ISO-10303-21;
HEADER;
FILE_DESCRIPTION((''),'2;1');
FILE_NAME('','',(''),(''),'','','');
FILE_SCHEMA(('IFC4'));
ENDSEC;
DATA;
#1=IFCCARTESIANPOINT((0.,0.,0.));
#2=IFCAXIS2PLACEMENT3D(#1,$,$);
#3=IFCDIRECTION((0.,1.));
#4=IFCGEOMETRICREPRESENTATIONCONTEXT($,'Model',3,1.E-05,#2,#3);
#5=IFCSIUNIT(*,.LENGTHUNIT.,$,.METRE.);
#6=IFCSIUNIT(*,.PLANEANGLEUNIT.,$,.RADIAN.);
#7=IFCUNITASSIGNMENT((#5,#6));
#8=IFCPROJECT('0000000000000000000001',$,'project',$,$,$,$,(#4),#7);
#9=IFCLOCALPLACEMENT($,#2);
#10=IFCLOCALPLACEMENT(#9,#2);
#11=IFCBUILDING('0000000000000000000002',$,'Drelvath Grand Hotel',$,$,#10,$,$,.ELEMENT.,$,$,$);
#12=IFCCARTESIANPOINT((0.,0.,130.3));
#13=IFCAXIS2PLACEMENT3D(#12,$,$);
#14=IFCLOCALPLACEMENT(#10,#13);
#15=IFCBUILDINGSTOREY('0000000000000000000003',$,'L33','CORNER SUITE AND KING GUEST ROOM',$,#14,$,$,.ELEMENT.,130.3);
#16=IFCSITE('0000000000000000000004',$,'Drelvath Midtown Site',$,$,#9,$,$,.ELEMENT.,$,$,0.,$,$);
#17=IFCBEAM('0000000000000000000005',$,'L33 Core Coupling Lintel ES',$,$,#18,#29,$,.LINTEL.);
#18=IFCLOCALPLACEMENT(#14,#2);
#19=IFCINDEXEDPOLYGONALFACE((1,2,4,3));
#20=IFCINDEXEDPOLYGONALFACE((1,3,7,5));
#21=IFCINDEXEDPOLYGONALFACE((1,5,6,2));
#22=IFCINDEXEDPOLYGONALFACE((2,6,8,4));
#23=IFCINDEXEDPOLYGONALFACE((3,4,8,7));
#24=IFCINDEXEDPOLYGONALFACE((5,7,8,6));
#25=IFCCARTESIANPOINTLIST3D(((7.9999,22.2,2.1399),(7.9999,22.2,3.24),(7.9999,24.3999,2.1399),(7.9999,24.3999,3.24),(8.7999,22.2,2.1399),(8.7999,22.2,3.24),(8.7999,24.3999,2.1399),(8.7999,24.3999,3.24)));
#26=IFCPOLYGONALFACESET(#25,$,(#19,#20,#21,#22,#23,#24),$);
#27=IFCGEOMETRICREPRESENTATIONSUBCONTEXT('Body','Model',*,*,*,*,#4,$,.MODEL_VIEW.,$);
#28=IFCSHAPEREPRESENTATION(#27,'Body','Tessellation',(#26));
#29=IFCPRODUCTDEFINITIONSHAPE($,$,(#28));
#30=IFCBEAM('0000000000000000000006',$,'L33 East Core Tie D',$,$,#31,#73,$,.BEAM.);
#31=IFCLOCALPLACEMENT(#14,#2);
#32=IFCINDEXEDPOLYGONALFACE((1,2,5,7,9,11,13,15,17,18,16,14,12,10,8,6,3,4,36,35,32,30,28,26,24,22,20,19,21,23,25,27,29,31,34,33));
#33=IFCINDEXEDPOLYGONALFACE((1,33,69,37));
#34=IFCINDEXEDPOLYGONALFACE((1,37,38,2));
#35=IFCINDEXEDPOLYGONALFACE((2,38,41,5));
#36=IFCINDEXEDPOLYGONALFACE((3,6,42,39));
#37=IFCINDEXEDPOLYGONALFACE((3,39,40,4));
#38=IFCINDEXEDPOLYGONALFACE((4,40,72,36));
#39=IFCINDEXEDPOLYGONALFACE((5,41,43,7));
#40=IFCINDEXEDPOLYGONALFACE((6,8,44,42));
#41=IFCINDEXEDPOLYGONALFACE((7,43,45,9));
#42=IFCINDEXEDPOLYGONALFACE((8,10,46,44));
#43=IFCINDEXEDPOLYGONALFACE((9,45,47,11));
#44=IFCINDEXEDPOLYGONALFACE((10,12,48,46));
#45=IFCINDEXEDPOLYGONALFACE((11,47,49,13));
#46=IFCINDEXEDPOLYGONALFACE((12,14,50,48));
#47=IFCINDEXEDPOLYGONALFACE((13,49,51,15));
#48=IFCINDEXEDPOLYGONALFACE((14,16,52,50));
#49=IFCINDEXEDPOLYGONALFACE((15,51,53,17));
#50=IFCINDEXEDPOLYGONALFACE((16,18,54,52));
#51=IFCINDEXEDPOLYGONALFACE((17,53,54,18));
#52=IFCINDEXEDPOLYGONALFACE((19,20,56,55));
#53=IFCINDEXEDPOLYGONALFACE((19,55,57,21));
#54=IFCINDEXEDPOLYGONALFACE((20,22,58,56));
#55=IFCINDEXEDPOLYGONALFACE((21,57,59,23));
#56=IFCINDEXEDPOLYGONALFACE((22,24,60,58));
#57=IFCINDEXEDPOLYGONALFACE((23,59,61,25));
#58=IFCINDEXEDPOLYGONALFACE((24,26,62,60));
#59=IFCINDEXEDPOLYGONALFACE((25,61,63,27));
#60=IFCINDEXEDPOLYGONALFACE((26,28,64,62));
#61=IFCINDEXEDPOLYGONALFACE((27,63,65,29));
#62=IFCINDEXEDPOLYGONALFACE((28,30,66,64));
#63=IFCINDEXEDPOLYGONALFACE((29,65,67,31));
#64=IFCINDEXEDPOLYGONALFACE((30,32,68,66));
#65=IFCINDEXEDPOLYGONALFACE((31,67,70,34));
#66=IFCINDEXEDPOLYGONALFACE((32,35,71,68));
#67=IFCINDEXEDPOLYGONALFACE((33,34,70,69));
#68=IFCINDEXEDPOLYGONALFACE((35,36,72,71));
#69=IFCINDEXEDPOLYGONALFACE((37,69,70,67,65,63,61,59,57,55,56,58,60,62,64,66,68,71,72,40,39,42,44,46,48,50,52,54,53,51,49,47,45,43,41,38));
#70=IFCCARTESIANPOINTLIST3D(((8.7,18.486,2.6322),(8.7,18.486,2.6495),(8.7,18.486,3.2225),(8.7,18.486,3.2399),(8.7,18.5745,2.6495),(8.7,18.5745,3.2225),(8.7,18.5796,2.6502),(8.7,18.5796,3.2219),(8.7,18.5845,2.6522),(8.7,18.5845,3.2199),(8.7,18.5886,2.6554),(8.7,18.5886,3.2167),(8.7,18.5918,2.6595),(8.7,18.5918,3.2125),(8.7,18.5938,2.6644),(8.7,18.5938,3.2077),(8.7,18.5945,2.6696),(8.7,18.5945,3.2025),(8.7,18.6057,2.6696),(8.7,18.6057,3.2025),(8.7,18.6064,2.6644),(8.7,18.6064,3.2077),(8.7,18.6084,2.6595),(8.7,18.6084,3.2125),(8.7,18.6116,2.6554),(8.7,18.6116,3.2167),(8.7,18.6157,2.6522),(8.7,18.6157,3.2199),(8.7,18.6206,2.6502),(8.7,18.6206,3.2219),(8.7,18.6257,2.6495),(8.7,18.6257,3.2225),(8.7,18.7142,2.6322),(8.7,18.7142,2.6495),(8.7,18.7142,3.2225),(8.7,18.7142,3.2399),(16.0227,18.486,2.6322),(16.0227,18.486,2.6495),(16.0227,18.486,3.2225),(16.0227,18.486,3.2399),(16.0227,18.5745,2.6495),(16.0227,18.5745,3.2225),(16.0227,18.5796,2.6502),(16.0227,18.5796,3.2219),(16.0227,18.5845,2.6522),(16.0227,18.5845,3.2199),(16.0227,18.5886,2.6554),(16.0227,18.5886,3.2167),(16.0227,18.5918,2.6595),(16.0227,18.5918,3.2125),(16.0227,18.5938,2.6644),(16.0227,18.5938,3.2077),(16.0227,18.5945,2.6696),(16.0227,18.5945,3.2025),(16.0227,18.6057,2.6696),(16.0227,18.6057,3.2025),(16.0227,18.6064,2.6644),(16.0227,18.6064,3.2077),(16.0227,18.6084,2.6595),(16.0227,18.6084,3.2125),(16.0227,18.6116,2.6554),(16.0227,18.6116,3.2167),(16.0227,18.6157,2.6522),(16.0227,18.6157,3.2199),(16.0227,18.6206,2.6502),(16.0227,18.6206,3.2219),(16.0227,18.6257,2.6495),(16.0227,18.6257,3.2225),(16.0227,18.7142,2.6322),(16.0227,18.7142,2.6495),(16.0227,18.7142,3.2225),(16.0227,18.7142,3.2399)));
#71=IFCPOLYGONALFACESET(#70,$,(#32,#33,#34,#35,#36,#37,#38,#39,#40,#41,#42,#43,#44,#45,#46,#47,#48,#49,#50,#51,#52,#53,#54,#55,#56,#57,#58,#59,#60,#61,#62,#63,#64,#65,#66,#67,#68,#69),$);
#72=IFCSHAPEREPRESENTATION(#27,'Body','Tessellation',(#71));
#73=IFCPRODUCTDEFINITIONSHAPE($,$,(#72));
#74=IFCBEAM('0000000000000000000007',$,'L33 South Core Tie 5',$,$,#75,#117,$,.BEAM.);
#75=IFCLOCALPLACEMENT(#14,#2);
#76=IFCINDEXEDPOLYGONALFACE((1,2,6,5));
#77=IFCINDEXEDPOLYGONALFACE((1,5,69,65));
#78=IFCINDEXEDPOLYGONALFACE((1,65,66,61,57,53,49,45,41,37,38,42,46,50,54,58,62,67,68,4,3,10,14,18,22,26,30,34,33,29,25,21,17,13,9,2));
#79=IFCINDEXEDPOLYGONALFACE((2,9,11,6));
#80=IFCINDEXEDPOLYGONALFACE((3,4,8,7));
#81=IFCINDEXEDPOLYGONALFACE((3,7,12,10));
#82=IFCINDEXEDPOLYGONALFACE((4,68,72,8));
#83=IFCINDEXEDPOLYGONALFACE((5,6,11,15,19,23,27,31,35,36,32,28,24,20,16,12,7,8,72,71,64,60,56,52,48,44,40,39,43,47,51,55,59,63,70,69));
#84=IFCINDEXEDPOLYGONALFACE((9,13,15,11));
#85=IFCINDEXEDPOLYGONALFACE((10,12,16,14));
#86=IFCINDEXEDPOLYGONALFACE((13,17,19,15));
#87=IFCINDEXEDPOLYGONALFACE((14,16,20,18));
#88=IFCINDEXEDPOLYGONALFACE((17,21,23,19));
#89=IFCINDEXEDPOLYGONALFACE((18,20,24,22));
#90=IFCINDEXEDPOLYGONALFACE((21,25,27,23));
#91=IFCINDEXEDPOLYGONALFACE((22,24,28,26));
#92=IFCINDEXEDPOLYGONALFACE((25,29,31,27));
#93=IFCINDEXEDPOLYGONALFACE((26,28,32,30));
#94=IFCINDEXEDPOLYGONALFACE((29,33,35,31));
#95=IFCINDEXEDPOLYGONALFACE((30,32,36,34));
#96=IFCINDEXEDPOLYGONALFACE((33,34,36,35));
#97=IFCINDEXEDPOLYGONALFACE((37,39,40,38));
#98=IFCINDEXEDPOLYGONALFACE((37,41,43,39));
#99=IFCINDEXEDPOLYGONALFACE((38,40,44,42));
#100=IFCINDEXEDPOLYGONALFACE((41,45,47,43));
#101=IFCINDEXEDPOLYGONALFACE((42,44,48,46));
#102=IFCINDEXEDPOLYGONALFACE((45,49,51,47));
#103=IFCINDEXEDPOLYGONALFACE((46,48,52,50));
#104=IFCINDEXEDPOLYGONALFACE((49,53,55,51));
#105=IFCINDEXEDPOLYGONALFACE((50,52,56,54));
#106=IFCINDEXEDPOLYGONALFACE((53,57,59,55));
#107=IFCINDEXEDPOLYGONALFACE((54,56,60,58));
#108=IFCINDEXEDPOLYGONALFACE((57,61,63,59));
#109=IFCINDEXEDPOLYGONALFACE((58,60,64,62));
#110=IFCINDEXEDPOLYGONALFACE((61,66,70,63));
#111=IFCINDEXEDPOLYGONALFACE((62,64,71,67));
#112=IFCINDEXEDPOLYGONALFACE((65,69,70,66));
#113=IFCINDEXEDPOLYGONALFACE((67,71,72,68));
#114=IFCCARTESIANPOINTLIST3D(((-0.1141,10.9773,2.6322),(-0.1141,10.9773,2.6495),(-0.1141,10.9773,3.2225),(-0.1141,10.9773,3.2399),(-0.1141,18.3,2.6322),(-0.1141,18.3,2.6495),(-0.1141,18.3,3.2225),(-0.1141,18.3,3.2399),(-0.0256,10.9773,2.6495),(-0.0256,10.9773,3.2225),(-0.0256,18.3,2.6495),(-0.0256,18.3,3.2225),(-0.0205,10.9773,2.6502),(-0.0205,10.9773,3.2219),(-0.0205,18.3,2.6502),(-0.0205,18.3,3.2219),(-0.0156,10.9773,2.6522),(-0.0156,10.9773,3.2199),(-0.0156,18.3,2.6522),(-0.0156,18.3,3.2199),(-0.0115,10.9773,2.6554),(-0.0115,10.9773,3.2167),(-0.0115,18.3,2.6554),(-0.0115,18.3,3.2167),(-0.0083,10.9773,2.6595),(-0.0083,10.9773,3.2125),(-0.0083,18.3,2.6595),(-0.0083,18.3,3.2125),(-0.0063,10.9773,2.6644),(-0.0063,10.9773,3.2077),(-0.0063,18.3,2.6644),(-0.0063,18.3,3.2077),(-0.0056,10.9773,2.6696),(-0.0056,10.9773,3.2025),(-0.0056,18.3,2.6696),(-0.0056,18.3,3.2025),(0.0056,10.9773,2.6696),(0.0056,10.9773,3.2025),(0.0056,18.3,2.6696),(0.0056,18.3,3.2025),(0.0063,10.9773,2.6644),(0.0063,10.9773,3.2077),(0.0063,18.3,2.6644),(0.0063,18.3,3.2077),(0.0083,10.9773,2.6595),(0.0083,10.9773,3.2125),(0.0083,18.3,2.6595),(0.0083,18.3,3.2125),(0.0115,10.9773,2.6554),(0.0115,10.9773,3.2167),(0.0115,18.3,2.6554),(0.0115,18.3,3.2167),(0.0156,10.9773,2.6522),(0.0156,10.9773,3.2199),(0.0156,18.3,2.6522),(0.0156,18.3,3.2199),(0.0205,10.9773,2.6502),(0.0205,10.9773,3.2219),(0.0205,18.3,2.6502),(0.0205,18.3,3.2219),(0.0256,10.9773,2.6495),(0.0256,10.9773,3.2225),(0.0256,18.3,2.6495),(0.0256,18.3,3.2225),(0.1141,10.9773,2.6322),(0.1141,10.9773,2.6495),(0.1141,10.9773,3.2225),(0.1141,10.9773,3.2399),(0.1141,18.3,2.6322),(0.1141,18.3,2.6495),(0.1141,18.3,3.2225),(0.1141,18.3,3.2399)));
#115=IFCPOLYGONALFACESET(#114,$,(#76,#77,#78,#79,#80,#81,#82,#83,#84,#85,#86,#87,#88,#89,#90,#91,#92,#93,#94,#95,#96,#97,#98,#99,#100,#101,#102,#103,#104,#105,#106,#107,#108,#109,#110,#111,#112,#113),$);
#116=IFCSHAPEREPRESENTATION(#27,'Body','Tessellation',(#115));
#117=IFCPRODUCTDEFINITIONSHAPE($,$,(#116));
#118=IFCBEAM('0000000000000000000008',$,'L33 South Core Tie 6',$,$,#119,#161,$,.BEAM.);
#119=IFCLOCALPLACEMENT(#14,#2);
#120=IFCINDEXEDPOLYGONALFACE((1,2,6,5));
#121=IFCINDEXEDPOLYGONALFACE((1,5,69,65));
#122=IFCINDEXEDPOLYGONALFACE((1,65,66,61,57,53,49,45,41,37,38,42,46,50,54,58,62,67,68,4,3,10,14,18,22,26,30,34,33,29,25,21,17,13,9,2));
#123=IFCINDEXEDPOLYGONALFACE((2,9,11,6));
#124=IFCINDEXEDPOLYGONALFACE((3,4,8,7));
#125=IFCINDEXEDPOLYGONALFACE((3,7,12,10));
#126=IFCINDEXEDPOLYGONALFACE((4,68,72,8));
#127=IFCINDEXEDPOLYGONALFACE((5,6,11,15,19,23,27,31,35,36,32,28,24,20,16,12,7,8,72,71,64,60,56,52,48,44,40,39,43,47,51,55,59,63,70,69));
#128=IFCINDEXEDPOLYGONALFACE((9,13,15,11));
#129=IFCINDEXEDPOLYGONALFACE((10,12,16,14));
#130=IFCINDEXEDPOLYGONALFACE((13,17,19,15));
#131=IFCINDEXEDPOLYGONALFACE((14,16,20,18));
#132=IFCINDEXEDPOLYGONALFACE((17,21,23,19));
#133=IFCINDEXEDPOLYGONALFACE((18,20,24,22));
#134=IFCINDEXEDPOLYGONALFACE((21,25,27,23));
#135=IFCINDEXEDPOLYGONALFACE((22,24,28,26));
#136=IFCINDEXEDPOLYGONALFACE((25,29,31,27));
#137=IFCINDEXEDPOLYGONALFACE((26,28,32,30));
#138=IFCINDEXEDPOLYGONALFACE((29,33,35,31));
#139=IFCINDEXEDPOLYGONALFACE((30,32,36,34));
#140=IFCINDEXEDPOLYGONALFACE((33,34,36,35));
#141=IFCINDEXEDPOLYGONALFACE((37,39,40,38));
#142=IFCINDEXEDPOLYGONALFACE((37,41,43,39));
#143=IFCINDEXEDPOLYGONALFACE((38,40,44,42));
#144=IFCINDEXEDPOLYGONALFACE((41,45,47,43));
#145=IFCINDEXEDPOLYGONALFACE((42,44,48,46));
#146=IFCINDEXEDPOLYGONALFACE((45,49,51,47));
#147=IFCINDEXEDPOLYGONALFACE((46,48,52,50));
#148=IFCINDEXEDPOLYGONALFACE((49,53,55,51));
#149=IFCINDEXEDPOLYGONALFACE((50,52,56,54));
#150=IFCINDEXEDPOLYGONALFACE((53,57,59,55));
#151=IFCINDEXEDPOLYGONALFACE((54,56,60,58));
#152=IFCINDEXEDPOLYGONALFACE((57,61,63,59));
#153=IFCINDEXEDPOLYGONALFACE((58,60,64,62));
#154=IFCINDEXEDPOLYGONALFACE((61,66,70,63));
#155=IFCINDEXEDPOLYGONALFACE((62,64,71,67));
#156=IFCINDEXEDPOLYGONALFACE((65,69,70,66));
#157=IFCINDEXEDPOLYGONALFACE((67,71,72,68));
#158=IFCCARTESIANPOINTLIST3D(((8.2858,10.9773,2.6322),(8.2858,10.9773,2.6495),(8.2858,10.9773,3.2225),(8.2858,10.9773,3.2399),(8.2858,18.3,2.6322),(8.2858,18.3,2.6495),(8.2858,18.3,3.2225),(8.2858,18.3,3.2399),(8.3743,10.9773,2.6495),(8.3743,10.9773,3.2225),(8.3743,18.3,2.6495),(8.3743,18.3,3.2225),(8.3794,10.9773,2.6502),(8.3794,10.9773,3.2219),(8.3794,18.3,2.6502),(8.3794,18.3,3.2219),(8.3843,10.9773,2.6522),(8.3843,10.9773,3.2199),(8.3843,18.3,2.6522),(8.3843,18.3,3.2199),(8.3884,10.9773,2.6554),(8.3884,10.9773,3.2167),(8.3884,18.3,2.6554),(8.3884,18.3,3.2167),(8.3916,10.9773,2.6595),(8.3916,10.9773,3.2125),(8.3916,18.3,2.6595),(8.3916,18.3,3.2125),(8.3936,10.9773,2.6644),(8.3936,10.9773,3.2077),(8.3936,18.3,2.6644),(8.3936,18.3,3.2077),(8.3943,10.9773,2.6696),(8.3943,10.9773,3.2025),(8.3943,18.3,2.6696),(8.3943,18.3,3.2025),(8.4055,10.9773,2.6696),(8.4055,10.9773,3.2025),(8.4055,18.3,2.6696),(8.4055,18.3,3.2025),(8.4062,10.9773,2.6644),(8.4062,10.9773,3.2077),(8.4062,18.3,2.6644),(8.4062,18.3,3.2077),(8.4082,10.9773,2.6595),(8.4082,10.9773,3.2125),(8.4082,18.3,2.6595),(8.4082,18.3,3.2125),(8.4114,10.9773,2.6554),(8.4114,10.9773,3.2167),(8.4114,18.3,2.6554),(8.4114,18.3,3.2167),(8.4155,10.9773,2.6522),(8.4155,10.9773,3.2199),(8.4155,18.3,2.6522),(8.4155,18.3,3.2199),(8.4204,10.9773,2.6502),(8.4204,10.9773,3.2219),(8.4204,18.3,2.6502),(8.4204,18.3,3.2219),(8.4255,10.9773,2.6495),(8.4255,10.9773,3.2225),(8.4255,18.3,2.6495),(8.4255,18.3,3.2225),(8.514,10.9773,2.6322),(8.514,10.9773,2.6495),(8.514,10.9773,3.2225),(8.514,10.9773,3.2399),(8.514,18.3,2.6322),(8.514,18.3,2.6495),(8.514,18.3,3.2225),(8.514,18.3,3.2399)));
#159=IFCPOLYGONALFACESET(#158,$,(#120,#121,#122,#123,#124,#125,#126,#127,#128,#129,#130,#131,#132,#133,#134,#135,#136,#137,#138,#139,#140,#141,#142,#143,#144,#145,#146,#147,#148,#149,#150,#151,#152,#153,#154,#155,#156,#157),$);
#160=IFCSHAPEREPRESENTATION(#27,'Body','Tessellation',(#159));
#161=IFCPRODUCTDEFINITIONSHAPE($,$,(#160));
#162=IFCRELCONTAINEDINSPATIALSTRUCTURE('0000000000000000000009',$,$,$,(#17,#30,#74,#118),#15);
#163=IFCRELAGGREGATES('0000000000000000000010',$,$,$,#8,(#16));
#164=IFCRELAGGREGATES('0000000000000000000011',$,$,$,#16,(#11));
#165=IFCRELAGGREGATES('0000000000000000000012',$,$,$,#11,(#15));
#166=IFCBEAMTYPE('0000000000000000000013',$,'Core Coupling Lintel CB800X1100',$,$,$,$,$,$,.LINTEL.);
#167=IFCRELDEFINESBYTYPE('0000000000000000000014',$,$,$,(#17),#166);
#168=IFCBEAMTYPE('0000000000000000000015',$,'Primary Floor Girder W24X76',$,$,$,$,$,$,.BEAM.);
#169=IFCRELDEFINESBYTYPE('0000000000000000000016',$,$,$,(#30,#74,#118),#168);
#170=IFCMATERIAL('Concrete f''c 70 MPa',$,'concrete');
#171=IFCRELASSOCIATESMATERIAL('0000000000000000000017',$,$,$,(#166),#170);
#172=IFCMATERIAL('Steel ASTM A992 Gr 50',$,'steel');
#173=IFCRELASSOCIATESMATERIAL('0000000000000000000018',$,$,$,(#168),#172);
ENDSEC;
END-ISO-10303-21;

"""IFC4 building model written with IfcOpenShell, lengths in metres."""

from ifc_helpers import new_model, si_unit, direction, frame, origin, origin_2d, place, context, subcontext, project, spatial, rectangle, i_section, extrude, material, material_profile, profile_set, type_object, element, save


model = new_model("IFC4")

# Units and contexts
model_context = context("Model", 3, precision=1e-05, world=origin(), true_north=direction((0.0, 1.0)))
body_context = subcontext(model_context, "Body", "Model", "MODEL_VIEW")
ifc_project = project(units=[si_unit("LENGTHUNIT", "METRE"), si_unit("PLANEANGLEUNIT", "RADIAN")], contexts=[model_context])

# Site, building, storey
site_placement = place(None, origin())
site = spatial("IfcSite", under=ifc_project, at=site_placement, Name="Drelvath Midtown Site", CompositionType="ELEMENT", RefElevation=0.0)
building_placement = place(site_placement, origin())
building = spatial("IfcBuilding", under=site, at=building_placement, Name="Drelvath Grand Hotel", CompositionType="ELEMENT")
storey_placement = place(building_placement, frame((0.0, 0.0, 130.3)))
storey = spatial("IfcBuildingStorey", under=building, at=storey_placement, Name="L33", Description="CORNER SUITE AND KING GUEST ROOM", CompositionType="ELEMENT", Elevation=130.3)

# Beams
ifc_material_1 = material(Name="Concrete f'c 70 MPa", Category="concrete")
ifc_material_profile_1 = material_profile(ifc_material_1, rectangle(XDim=0.8, YDim=1.1001, at=origin_2d()), Name="CB800X1100")
ifc_profile_set_1 = profile_set([ifc_material_profile_1], Name="Concrete f'c 70 MPa")
beam_type_1 = type_object("IfcBeamType", Name="Core Coupling Lintel CB800X1100", PredefinedType="LINTEL", material=ifc_profile_set_1)
beam_placement = place(storey_placement, frame((8.3999, 22.2, 2.6899), z_axis=(0.0, 1.0, 0.0), x_axis=(-1.0, 0.0, 0.0)))
element("IfcBeam", 1, at=beam_placement, inside=storey, type_object=beam_type_1, Name="L33 Core Coupling Lintel ES", PredefinedType="LINTEL", context=body_context, shape_type="SweptSolid", body=[
    extrude(rectangle(XDim=0.8, YDim=1.1001, at=origin_2d()), origin(), (0.0, 0.0, 1.0), 2.2),
])
ifc_material_2 = material(Name="Steel ASTM A992 Gr 50", Category="steel")
ifc_material_profile_2 = material_profile(ifc_material_2, i_section(OverallWidth=0.2283, OverallDepth=0.6077, WebThickness=0.0112, FlangeThickness=0.0173, FilletRadius=0.02, at=origin_2d()), Name="W24X76")
ifc_profile_set_2 = profile_set([ifc_material_profile_2], Name="Steel ASTM A992 Gr 50")
beam_type_2 = type_object("IfcBeamType", Name="Primary Floor Girder W24X76", PredefinedType="BEAM", material=ifc_profile_set_2)
for number, where, z_axis, x_axis, name in (
    (2, (8.7, 18.6001, 2.936), (1.0, 0.0, 0.0), (0.0, 1.0, 0.0), "L33 East Core Tie D"),
    (3, (0.0, 10.9773, 2.936), (0.0, 1.0, 0.0), (-1.0, 0.0, 0.0), "L33 South Core Tie 5"),
    (4, (8.3999, 10.9773, 2.936), (0.0, 1.0, 0.0), (-1.0, 0.0, 0.0), "L33 South Core Tie 6"),
):
    element("IfcBeam", number, at=place(storey_placement, frame(where, z_axis=z_axis, x_axis=x_axis)), inside=storey, type_object=beam_type_2, Name=name, PredefinedType="BEAM", context=body_context, shape_type="SweptSolid", body=[
        extrude(i_section(OverallWidth=0.2283, OverallDepth=0.6077, WebThickness=0.0112, FlangeThickness=0.0173, FilletRadius=0.02, at=origin_2d()), origin(), (0.0, 0.0, 1.0), 7.3228),
    ])

save(model, "model.ifc")
